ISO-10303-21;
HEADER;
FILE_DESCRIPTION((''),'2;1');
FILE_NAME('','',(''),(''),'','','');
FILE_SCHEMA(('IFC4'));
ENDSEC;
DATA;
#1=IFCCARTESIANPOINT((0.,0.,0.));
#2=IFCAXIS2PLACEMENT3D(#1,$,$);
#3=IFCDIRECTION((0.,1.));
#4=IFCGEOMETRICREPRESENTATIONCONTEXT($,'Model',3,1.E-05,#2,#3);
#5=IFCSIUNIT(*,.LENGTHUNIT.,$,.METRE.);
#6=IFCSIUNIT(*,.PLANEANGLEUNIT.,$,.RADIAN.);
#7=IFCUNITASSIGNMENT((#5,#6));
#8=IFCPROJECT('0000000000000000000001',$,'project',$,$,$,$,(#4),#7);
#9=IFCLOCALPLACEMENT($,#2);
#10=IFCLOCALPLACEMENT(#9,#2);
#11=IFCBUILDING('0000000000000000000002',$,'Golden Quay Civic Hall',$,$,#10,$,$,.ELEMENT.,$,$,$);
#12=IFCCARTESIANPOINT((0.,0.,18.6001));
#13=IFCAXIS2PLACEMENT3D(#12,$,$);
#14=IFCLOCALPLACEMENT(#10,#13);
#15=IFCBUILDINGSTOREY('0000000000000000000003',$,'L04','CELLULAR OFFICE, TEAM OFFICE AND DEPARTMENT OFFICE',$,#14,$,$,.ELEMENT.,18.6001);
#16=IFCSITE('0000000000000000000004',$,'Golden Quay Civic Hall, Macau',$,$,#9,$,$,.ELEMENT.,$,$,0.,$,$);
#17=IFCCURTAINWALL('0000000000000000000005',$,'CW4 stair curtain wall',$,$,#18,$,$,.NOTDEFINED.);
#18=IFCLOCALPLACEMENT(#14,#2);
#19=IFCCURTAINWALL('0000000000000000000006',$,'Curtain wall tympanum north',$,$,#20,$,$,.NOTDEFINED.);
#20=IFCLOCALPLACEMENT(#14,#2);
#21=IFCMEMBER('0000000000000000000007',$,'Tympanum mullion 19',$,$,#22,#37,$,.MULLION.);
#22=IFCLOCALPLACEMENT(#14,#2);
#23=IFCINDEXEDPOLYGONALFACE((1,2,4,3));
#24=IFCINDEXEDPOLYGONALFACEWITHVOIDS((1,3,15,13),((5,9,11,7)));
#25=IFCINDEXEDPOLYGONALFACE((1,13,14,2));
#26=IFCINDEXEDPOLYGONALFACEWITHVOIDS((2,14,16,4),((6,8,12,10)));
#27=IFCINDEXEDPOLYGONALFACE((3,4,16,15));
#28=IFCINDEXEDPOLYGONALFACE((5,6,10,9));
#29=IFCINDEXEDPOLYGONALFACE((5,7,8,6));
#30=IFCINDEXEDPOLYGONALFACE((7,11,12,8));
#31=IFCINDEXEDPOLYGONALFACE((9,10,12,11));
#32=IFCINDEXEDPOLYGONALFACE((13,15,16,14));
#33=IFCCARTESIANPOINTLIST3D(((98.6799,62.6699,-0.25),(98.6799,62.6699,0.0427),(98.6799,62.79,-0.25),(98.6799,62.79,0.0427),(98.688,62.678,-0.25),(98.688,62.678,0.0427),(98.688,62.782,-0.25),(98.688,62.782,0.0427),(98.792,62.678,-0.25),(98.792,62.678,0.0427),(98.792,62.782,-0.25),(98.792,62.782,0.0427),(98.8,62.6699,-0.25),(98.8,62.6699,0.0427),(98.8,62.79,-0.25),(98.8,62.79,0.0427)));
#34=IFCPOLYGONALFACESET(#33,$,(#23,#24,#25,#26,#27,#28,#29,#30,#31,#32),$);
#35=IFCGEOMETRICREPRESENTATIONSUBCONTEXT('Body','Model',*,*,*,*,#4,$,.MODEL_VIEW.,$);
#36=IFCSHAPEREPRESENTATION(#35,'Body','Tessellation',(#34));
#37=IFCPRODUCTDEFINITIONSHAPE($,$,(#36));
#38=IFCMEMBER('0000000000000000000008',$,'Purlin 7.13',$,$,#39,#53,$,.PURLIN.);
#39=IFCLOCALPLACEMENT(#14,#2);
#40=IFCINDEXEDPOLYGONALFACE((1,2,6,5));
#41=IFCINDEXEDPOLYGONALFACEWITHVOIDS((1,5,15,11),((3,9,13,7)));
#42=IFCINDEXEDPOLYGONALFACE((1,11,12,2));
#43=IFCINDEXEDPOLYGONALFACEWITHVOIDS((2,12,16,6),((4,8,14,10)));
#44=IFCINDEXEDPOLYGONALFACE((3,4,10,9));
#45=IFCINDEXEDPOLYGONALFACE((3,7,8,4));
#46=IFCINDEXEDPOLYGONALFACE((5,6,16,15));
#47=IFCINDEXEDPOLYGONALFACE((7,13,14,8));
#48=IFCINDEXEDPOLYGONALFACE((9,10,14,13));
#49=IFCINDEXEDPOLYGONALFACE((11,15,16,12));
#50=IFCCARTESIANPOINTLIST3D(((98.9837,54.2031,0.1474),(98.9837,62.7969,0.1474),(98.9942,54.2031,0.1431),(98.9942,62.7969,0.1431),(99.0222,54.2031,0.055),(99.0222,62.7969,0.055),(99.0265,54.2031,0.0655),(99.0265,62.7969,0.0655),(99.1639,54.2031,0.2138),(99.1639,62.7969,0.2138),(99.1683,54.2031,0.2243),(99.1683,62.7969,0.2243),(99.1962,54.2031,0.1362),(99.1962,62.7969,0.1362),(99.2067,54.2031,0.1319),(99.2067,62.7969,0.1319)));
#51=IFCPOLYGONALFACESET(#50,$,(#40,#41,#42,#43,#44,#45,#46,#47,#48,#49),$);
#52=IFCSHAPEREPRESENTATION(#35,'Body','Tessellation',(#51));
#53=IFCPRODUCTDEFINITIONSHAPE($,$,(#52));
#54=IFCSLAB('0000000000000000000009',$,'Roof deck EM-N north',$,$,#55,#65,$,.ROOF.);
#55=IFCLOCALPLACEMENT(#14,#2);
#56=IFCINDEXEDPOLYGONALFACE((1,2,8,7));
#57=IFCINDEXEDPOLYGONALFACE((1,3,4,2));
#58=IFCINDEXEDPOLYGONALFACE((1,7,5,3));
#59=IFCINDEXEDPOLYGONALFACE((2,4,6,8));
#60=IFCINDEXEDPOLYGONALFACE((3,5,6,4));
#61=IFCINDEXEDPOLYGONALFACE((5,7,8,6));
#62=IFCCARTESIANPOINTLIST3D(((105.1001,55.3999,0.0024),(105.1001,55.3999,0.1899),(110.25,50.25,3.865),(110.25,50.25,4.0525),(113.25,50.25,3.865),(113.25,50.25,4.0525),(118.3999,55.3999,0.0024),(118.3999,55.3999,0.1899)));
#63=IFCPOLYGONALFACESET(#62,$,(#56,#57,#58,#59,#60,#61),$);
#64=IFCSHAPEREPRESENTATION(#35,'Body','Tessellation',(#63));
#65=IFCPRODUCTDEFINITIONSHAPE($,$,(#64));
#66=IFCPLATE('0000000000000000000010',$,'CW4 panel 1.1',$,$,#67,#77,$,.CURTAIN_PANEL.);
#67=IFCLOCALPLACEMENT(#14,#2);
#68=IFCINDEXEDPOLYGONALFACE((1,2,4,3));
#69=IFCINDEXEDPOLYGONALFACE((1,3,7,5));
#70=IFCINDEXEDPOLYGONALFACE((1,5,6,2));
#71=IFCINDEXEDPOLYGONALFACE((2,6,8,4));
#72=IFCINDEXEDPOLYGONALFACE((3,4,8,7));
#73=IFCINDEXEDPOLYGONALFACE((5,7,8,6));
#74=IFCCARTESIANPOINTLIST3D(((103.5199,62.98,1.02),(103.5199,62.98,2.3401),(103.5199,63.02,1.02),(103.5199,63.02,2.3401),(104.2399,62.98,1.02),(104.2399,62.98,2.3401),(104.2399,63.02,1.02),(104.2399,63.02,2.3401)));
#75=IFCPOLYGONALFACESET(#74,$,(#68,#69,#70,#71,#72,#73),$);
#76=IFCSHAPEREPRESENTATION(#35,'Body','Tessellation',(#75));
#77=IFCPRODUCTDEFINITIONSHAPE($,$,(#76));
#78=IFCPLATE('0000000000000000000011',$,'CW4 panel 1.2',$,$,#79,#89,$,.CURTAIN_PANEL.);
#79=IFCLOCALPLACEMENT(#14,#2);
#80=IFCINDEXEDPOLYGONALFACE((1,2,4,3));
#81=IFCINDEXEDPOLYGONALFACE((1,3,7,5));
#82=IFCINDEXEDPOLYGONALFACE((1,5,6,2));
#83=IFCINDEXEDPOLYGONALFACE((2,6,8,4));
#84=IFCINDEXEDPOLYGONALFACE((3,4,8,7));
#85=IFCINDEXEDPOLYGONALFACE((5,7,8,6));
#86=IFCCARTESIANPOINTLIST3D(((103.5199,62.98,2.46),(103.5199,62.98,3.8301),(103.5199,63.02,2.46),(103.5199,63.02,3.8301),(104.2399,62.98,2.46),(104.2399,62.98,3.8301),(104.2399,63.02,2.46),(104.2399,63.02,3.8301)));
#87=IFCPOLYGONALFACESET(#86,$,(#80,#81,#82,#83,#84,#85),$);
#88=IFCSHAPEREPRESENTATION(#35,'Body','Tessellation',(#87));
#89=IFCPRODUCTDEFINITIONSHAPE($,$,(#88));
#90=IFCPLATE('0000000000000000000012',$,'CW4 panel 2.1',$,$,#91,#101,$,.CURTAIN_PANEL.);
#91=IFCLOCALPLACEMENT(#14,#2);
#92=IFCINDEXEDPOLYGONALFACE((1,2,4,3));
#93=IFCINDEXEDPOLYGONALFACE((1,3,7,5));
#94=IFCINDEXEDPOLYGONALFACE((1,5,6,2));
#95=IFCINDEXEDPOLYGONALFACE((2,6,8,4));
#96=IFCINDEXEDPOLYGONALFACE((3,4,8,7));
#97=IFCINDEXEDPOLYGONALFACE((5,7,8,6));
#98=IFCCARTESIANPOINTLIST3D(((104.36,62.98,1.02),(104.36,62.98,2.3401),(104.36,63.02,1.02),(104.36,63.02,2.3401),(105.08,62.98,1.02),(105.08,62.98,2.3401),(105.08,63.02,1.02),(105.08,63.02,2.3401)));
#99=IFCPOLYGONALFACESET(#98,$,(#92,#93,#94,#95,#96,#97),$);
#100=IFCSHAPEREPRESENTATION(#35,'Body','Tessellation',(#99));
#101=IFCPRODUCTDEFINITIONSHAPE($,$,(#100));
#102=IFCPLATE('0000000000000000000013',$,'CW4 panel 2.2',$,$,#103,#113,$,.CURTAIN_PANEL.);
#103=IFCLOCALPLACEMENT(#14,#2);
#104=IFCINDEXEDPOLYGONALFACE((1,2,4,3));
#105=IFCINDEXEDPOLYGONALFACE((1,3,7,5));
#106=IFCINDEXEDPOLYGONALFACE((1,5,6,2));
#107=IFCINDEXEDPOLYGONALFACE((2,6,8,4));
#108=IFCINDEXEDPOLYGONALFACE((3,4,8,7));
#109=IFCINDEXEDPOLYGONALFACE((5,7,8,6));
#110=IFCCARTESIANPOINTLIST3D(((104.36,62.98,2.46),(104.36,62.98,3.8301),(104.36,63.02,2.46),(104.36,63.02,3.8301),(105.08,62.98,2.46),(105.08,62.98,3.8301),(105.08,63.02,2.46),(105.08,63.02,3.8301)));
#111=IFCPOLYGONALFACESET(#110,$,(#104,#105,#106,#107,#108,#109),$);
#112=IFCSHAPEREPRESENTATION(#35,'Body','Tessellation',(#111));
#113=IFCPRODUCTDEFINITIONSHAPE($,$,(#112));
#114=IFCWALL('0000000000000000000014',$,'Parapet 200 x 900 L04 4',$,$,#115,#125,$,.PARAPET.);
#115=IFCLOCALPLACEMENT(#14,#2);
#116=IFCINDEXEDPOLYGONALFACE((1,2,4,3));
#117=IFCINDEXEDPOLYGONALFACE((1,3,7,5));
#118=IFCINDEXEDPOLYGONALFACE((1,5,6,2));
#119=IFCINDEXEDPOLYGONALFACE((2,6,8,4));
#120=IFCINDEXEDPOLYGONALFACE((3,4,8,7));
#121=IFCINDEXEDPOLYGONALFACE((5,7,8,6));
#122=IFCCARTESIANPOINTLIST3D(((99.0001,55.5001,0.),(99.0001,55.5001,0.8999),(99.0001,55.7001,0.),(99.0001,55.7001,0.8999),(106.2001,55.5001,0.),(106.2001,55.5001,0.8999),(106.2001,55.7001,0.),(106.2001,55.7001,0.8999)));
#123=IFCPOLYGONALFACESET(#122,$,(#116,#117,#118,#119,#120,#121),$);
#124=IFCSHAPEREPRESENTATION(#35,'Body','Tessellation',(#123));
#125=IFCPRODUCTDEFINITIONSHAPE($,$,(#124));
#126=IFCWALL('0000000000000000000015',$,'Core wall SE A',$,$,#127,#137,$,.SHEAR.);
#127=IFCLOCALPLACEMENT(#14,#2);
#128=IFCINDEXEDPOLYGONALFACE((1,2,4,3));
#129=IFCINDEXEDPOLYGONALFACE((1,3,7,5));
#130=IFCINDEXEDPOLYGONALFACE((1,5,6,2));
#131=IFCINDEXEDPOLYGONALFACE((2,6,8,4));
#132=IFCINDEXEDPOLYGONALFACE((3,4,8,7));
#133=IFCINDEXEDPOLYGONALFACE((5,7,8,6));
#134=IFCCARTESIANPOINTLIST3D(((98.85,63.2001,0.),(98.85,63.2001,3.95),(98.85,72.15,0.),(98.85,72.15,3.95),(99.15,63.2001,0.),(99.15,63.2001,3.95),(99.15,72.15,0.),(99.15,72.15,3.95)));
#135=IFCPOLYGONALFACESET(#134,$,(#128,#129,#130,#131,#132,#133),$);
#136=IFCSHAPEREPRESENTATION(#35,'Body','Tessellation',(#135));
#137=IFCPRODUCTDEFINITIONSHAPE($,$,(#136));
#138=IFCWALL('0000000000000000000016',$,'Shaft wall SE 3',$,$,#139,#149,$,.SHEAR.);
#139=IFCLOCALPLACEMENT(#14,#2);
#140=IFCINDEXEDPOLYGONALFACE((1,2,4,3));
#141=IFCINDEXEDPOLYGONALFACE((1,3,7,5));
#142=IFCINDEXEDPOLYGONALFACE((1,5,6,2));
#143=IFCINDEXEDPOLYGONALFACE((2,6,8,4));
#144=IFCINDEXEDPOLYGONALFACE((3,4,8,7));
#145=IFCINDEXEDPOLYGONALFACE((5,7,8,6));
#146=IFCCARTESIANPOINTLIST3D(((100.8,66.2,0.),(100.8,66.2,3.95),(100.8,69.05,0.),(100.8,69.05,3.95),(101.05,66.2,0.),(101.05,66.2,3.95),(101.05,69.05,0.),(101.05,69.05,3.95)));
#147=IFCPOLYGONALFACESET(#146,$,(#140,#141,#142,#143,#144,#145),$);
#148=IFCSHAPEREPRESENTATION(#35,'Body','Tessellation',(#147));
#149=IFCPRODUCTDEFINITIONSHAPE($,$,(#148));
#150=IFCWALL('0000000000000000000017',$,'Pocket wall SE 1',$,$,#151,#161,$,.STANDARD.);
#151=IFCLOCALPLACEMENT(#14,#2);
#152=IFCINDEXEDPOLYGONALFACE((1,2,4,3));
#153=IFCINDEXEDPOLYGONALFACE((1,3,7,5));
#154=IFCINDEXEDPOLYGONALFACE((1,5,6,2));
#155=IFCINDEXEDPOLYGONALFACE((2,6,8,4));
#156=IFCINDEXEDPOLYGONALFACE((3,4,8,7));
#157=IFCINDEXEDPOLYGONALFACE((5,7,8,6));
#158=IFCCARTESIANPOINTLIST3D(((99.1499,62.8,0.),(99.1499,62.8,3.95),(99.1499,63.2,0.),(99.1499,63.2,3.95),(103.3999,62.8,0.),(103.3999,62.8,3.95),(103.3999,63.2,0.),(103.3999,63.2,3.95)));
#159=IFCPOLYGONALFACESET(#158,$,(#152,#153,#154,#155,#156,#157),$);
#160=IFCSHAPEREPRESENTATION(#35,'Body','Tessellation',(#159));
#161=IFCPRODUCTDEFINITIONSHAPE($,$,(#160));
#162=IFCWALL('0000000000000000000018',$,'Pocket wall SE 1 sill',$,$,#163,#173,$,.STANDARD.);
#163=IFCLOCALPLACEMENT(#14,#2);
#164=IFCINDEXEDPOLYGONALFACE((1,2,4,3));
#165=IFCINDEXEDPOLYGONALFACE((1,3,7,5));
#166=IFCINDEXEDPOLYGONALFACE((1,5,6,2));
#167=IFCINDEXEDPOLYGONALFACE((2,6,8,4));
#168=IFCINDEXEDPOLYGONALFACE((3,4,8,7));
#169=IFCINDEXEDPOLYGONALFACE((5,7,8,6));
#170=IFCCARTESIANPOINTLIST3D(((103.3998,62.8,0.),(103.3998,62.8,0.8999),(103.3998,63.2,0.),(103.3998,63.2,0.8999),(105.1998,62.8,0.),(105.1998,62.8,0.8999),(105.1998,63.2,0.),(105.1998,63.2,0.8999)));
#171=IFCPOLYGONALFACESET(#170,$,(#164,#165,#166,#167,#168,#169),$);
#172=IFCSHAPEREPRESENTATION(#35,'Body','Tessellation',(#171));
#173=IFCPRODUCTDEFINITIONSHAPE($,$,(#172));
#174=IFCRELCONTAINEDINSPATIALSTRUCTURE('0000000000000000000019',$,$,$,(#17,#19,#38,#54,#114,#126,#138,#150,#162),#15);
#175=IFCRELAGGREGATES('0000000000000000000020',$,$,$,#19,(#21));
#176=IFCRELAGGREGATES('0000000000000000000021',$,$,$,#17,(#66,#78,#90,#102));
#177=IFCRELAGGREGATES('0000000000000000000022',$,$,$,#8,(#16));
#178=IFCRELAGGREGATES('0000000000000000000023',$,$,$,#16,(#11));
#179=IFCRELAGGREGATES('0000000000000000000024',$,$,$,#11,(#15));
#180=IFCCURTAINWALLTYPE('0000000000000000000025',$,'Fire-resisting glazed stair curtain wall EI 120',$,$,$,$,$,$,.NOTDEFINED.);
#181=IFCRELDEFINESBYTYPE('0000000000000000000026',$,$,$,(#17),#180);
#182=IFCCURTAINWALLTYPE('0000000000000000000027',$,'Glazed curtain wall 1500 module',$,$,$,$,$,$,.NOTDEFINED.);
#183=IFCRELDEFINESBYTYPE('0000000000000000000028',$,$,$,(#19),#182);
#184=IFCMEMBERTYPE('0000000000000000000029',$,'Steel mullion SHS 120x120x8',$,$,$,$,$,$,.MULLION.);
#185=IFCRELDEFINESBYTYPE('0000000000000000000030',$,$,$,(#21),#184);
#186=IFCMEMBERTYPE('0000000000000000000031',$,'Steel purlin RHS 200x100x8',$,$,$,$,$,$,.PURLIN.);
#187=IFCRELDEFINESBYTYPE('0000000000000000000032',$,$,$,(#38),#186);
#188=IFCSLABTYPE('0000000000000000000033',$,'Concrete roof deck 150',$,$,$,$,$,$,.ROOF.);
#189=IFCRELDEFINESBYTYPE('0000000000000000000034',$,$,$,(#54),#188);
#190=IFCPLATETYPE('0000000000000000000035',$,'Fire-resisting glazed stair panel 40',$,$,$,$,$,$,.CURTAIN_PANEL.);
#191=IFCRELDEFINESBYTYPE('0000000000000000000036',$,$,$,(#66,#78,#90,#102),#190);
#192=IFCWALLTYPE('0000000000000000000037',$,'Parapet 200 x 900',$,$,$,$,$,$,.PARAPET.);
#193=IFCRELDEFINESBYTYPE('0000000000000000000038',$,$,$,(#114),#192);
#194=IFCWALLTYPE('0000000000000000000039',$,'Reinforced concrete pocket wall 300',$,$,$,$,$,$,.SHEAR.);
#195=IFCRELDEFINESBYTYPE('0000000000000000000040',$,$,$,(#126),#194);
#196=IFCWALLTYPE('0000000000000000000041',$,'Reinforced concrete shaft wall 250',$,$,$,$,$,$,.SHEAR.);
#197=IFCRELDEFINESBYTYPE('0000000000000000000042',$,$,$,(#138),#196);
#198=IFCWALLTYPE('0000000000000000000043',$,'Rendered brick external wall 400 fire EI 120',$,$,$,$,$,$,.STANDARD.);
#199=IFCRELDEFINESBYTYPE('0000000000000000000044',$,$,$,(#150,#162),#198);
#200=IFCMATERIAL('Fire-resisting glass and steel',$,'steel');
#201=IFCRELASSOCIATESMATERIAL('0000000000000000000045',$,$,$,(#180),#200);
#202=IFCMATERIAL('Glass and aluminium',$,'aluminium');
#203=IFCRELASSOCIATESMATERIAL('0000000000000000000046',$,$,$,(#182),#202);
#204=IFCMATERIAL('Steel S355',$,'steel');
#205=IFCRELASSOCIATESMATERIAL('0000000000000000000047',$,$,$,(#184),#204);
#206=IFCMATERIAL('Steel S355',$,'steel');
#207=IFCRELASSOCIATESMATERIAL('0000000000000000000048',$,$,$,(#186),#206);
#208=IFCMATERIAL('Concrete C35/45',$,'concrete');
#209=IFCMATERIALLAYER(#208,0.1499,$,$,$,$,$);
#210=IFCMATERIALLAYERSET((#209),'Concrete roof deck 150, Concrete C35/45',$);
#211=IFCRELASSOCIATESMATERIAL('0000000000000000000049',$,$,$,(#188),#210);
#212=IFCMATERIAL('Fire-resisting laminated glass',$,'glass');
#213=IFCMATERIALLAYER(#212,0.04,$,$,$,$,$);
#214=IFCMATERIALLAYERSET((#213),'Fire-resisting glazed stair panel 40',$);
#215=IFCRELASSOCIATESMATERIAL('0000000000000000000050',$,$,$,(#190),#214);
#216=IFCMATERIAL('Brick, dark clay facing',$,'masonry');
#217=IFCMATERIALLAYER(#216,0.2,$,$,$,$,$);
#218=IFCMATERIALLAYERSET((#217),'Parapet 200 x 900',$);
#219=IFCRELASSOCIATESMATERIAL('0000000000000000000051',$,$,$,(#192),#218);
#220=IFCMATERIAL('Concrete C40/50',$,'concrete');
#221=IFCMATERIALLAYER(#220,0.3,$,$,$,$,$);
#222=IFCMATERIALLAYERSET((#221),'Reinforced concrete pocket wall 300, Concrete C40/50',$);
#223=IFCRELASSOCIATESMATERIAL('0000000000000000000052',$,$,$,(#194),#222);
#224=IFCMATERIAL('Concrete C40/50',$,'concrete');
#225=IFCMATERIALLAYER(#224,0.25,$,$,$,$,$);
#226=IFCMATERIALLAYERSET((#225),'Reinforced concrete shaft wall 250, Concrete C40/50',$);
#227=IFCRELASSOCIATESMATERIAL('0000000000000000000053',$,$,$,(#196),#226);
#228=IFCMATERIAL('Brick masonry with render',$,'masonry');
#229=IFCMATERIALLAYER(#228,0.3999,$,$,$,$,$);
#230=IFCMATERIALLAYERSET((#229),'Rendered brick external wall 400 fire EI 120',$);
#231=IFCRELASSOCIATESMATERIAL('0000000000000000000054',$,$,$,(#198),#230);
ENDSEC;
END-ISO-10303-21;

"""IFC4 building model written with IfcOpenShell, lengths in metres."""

from ifc_helpers import new_model, si_unit, direction, frame, frame_2d, origin, origin_2d, place, context, subcontext, project, spatial, polyline, rectangle, hollow_rectangle, outline, extrude, material, layer, layer_set, material_profile, profile_set, type_object, element, aggregate, save


model = new_model("IFC4")

# Units and contexts
model_context = context("Model", 3, precision=1e-05, world=origin(), true_north=direction((0.0, 1.0)))
body_context = subcontext(model_context, "Body", "Model", "MODEL_VIEW")
ifc_project = project(units=[si_unit("LENGTHUNIT", "METRE"), si_unit("PLANEANGLEUNIT", "RADIAN")], contexts=[model_context])

# Site, building, storey
site_placement = place(None, origin())
site = spatial("IfcSite", under=ifc_project, at=site_placement, Name="Golden Quay Civic Hall, Macau", CompositionType="ELEMENT", RefElevation=0.0)
building_placement = place(site_placement, origin())
building = spatial("IfcBuilding", under=site, at=building_placement, Name="Golden Quay Civic Hall", CompositionType="ELEMENT")
storey_placement = place(building_placement, frame((0.0, 0.0, 18.6001)))
storey = spatial("IfcBuildingStorey", under=building, at=storey_placement, Name="L04", Description="CELLULAR OFFICE, TEAM OFFICE AND DEPARTMENT OFFICE", CompositionType="ELEMENT", Elevation=18.6001)

# Curtain wall
ifc_material_1 = material(Name="Fire-resisting glass and steel", Category="steel")
curtain_wall_type_1 = type_object("IfcCurtainWallType", Name="Fire-resisting glazed stair curtain wall EI 120", PredefinedType="NOTDEFINED", material=ifc_material_1)
curtain_wall_1_placement = place(storey_placement, origin())
curtain_wall_1 = element("IfcCurtainWall", 1, at=curtain_wall_1_placement, inside=storey, type_object=curtain_wall_type_1, Name="CW4 stair curtain wall", PredefinedType="NOTDEFINED")

# Curtain wall, member
ifc_material_2 = material(Name="Glass and aluminium", Category="aluminium")
curtain_wall_type_2 = type_object("IfcCurtainWallType", Name="Glazed curtain wall 1500 module", PredefinedType="NOTDEFINED", material=ifc_material_2)
curtain_wall_2_placement = place(storey_placement, origin())
curtain_wall_2 = element("IfcCurtainWall", 2, at=curtain_wall_2_placement, inside=storey, type_object=curtain_wall_type_2, Name="Curtain wall tympanum north", PredefinedType="NOTDEFINED")
ifc_material_3 = material(Name="Steel S355", Category="steel")
ifc_material_profile_1 = material_profile(ifc_material_3, hollow_rectangle(XDim=0.1201, YDim=0.1201, WallThickness=0.0081, at=origin_2d()), Name="SHS 120x120x8")
ifc_profile_set_1 = profile_set([ifc_material_profile_1], Name="Steel S355")
member_type_1 = type_object("IfcMemberType", Name="Steel mullion SHS 120x120x8", PredefinedType="MULLION", material=ifc_profile_set_1)
member_1_placement = place(storey_placement, frame((98.74, 62.73, -0.25), z_axis=(0.0, 0.0, 1.0), x_axis=(0.0, 1.0, 0.0)))
member_1 = element("IfcMember", 3, at=member_1_placement, type_object=member_type_1, Name="Tympanum mullion 19", PredefinedType="MULLION", context=body_context, shape_type="SweptSolid", body=[
    extrude(hollow_rectangle(XDim=0.1201, YDim=0.1201, WallThickness=0.0081, at=origin_2d()), origin(), (0.0, 0.0, 1.0), 0.2927),
])
aggregate(curtain_wall_2, [member_1])

# Member
ifc_material_4 = material(Name="Steel S355", Category="steel")
ifc_material_profile_2 = material_profile(ifc_material_4, hollow_rectangle(XDim=0.1001, YDim=0.2, WallThickness=0.0081, at=origin_2d()), Name="RHS 200x100x8")
ifc_profile_set_2 = profile_set([ifc_material_profile_2], Name="Steel S355")
member_type_2 = type_object("IfcMemberType", Name="Steel purlin RHS 200x100x8", PredefinedType="PURLIN", material=ifc_profile_set_2)
member_2_placement = place(storey_placement, frame((99.0952, 54.2031, 0.1396), z_axis=(0.0, 1.0, 0.0), x_axis=(-0.384615, 0.0, 0.923077)))
element("IfcMember", 4, at=member_2_placement, inside=storey, type_object=member_type_2, Name="Purlin 7.13", PredefinedType="PURLIN", context=body_context, shape_type="SweptSolid", body=[
    extrude(hollow_rectangle(XDim=0.1001, YDim=0.2, WallThickness=0.0081, at=origin_2d()), origin(), (0.0, 0.0, 1.0), 8.5938),
])

# Slab
ifc_material_5 = material(Name="Concrete C35/45", Category="concrete")
ifc_layer_1 = layer(ifc_material_5, 0.1499)
ifc_layer_set_1 = layer_set([ifc_layer_1], Name="Concrete roof deck 150, Concrete C35/45")
slab_type = type_object("IfcSlabType", Name="Concrete roof deck 150", PredefinedType="ROOF", material=ifc_layer_set_1)
slab_placement = place(storey_placement, frame((105.1001, 55.3999, 0.1899), z_axis=(0.0, 0.600012, 0.799991), x_axis=(1.0, 0.0, 0.0)))
element("IfcSlab", 5, at=slab_placement, inside=storey, type_object=slab_type, Name="Roof deck EM-N north", PredefinedType="ROOF", context=body_context, shape_type="SweptSolid", body=[
    extrude(outline(polyline([(0.0, 0.0), (13.2998, 0.0), (8.1499, -6.4375), (5.1499, -6.4375), (0.0, 0.0)])), origin(), (0.0, 0.600012, -0.799991), 0.1875),
])

# Plates
ifc_material_6 = material(Name="Fire-resisting laminated glass", Category="glass")
ifc_layer_2 = layer(ifc_material_6, 0.04)
ifc_layer_set_2 = layer_set([ifc_layer_2], Name="Fire-resisting glazed stair panel 40")
plate_type = type_object("IfcPlateType", Name="Fire-resisting glazed stair panel 40", PredefinedType="CURTAIN_PANEL", material=ifc_layer_set_2)
plate_1_placement = place(storey_placement, frame((103.8799, 63.0, 1.02), z_axis=(0.0, 0.0, 1.0), x_axis=(1.0, 0.0, 0.0)))
plate_1 = element("IfcPlate", 6, at=plate_1_placement, type_object=plate_type, Name="CW4 panel 1.1", PredefinedType="CURTAIN_PANEL", context=body_context, shape_type="SweptSolid", body=[
    extrude(rectangle(XDim=0.72, YDim=0.04, at=origin_2d()), origin(), (0.0, 0.0, 1.0), 1.3201),
])
plate_2_placement = place(storey_placement, frame((103.8799, 63.0, 2.46), z_axis=(0.0, 0.0, 1.0), x_axis=(1.0, 0.0, 0.0)))
plate_2 = element("IfcPlate", 7, at=plate_2_placement, type_object=plate_type, Name="CW4 panel 1.2", PredefinedType="CURTAIN_PANEL", context=body_context, shape_type="SweptSolid", body=[
    extrude(rectangle(XDim=0.72, YDim=0.04, at=origin_2d()), origin(), (0.0, 0.0, 1.0), 1.3701),
])
plate_3_placement = place(storey_placement, frame((104.72, 63.0, 1.02), z_axis=(0.0, 0.0, 1.0), x_axis=(1.0, 0.0, 0.0)))
plate_3 = element("IfcPlate", 8, at=plate_3_placement, type_object=plate_type, Name="CW4 panel 2.1", PredefinedType="CURTAIN_PANEL", context=body_context, shape_type="SweptSolid", body=[
    extrude(rectangle(XDim=0.72, YDim=0.04, at=origin_2d()), origin(), (0.0, 0.0, 1.0), 1.3201),
])
plate_4_placement = place(storey_placement, frame((104.72, 63.0, 2.46), z_axis=(0.0, 0.0, 1.0), x_axis=(1.0, 0.0, 0.0)))
plate_4 = element("IfcPlate", 9, at=plate_4_placement, type_object=plate_type, Name="CW4 panel 2.2", PredefinedType="CURTAIN_PANEL", context=body_context, shape_type="SweptSolid", body=[
    extrude(rectangle(XDim=0.72, YDim=0.04, at=origin_2d()), origin(), (0.0, 0.0, 1.0), 1.3701),
])
aggregate(curtain_wall_1, [plate_1, plate_2, plate_3, plate_4])

# Walls
ifc_material_7 = material(Name="Brick, dark clay facing", Category="masonry")
ifc_layer_3 = layer(ifc_material_7, 0.2)
ifc_layer_set_3 = layer_set([ifc_layer_3], Name="Parapet 200 x 900")
wall_type_1 = type_object("IfcWallType", Name="Parapet 200 x 900", PredefinedType="PARAPET", material=ifc_layer_set_3)
wall_1_placement = place(storey_placement, frame((99.0, 55.6001, 0.0), z_axis=(0.0, 0.0, 1.0), x_axis=(1.0, 0.0, 0.0)))
element("IfcWall", 10, at=wall_1_placement, inside=storey, type_object=wall_type_1, Name="Parapet 200 x 900 L04 4", PredefinedType="PARAPET", context=body_context, shape_type="SweptSolid", body=[
    extrude(rectangle(XDim=7.2, YDim=0.2, at=frame_2d((3.6001, 0.0))), origin(), (0.0, 0.0, 1.0), 0.8999),
])
ifc_material_8 = material(Name="Concrete C40/50", Category="concrete")
ifc_layer_4 = layer(ifc_material_8, 0.3)
ifc_layer_set_4 = layer_set([ifc_layer_4], Name="Reinforced concrete pocket wall 300, Concrete C40/50")
wall_type_2 = type_object("IfcWallType", Name="Reinforced concrete pocket wall 300", PredefinedType="SHEAR", material=ifc_layer_set_4)
wall_2_placement = place(storey_placement, frame((99.0, 63.2, 0.0), z_axis=(0.0, 0.0, 1.0), x_axis=(0.0, 1.0, 0.0)))
element("IfcWall", 11, at=wall_2_placement, inside=storey, type_object=wall_type_2, Name="Core wall SE A", PredefinedType="SHEAR", context=body_context, shape_type="SweptSolid", body=[
    extrude(rectangle(XDim=8.95, YDim=0.3, at=frame_2d((4.4751, 0.0))), origin(), (0.0, 0.0, 1.0), 3.95),
])
ifc_material_9 = material(Name="Concrete C40/50", Category="concrete")
ifc_layer_5 = layer(ifc_material_9, 0.25)
ifc_layer_set_5 = layer_set([ifc_layer_5], Name="Reinforced concrete shaft wall 250, Concrete C40/50")
wall_type_3 = type_object("IfcWallType", Name="Reinforced concrete shaft wall 250", PredefinedType="SHEAR", material=ifc_layer_set_5)
wall_3_placement = place(storey_placement, frame((100.925, 66.2, 0.0), z_axis=(0.0, 0.0, 1.0), x_axis=(0.0, 1.0, 0.0)))
element("IfcWall", 12, at=wall_3_placement, inside=storey, type_object=wall_type_3, Name="Shaft wall SE 3", PredefinedType="SHEAR", context=body_context, shape_type="SweptSolid", body=[
    extrude(rectangle(XDim=2.8501, YDim=0.25, at=frame_2d((1.425, 0.0))), origin(), (0.0, 0.0, 1.0), 3.95),
])
ifc_material_10 = material(Name="Brick masonry with render", Category="masonry")
ifc_layer_6 = layer(ifc_material_10, 0.3999)
ifc_layer_set_6 = layer_set([ifc_layer_6], Name="Rendered brick external wall 400 fire EI 120")
wall_type_4 = type_object("IfcWallType", Name="Rendered brick external wall 400 fire EI 120", PredefinedType="STANDARD", material=ifc_layer_set_6)
wall_4_placement = place(storey_placement, frame((99.1499, 63.0, 0.0), z_axis=(0.0, 0.0, 1.0), x_axis=(1.0, 0.0, 0.0)))
element("IfcWall", 13, at=wall_4_placement, inside=storey, type_object=wall_type_4, Name="Pocket wall SE 1", PredefinedType="STANDARD", context=body_context, shape_type="SweptSolid", body=[
    extrude(rectangle(XDim=4.25, YDim=0.3999, at=frame_2d((2.125, 0.0))), origin(), (0.0, 0.0, 1.0), 3.95),
])
wall_5_placement = place(storey_placement, frame((103.3999, 63.0, 0.0), z_axis=(0.0, 0.0, 1.0), x_axis=(1.0, 0.0, 0.0)))
element("IfcWall", 14, at=wall_5_placement, inside=storey, type_object=wall_type_4, Name="Pocket wall SE 1 sill", PredefinedType="STANDARD", context=body_context, shape_type="SweptSolid", body=[
    extrude(rectangle(XDim=1.8, YDim=0.3999, at=frame_2d((0.8999, 0.0))), origin(), (0.0, 0.0, 1.0), 0.8999),
])

save(model, "model.ifc")
